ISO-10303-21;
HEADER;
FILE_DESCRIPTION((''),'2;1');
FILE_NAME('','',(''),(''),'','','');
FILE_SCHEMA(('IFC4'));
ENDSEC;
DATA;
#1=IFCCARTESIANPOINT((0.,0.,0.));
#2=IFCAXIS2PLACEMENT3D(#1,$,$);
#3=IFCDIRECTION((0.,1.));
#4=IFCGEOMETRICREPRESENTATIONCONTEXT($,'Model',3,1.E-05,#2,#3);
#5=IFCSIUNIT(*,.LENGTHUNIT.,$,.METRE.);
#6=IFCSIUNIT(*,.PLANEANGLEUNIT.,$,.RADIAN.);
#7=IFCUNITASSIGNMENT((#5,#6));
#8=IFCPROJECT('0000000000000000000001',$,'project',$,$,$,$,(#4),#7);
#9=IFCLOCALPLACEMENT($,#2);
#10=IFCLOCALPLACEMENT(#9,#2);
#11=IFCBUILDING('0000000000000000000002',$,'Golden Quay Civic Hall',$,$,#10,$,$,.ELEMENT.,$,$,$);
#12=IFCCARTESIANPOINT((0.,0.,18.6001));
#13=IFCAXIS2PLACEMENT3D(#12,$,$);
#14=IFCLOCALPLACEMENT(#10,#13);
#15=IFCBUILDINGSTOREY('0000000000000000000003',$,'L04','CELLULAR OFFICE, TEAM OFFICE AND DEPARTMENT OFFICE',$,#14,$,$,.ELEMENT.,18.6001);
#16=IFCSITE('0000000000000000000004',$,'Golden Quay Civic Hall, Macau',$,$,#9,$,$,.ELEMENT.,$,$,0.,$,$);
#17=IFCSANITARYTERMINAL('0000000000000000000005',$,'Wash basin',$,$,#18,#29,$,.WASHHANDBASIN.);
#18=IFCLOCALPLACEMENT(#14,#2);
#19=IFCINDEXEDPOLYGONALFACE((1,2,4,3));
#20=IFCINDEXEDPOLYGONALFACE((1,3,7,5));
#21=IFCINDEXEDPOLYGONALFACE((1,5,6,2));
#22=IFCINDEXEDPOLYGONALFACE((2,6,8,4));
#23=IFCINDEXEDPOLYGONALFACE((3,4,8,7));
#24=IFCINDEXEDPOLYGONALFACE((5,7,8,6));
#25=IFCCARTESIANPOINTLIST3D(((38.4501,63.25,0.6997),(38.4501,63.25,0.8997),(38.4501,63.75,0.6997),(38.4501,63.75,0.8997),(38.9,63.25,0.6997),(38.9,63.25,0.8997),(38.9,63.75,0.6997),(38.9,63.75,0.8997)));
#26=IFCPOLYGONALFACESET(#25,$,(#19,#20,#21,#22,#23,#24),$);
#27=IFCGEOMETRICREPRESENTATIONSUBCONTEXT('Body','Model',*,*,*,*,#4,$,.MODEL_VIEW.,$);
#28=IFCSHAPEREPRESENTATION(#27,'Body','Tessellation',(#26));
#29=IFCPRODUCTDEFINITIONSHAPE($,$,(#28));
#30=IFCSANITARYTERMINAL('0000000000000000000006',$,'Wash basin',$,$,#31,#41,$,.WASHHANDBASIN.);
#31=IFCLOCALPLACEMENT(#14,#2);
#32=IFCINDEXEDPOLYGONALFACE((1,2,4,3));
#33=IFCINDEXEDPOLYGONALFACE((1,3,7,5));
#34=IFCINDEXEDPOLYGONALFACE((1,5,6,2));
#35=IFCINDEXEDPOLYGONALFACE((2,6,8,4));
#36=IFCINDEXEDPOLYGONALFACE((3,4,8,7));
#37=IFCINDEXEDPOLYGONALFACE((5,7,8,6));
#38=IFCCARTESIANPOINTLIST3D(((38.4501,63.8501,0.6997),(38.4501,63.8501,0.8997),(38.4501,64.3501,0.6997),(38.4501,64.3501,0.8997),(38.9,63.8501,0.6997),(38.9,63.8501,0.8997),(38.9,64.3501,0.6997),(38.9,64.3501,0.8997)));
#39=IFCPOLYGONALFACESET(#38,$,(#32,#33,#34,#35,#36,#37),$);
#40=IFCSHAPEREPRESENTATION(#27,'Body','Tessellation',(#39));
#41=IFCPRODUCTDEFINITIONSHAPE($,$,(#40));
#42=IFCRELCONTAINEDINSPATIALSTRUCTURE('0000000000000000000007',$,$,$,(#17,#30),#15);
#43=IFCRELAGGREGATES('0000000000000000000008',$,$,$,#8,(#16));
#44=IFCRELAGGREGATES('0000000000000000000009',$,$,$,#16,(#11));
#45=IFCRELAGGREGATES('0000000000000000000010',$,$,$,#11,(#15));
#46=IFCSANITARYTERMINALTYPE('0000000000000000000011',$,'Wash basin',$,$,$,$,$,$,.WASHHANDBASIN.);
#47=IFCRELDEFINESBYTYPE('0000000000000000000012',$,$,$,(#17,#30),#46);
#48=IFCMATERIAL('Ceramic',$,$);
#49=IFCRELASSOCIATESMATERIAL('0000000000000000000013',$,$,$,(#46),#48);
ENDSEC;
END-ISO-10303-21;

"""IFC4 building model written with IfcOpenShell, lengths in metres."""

from ifc_helpers import new_model, si_unit, direction, frame, origin, origin_2d, place, context, subcontext, project, spatial, rectangle, extrude, material, type_object, element, save


model = new_model("IFC4")

# Units and contexts
model_context = context("Model", 3, precision=1e-05, world=origin(), true_north=direction((0.0, 1.0)))
body_context = subcontext(model_context, "Body", "Model", "MODEL_VIEW")
ifc_project = project(units=[si_unit("LENGTHUNIT", "METRE"), si_unit("PLANEANGLEUNIT", "RADIAN")], contexts=[model_context])

# Site, building, storey
site_placement = place(None, origin())
site = spatial("IfcSite", under=ifc_project, at=site_placement, Name="Golden Quay Civic Hall, Macau", CompositionType="ELEMENT", RefElevation=0.0)
building_placement = place(site_placement, origin())
building = spatial("IfcBuilding", under=site, at=building_placement, Name="Golden Quay Civic Hall", CompositionType="ELEMENT")
storey_placement = place(building_placement, frame((0.0, 0.0, 18.6001)))
storey = spatial("IfcBuildingStorey", under=building, at=storey_placement, Name="L04", Description="CELLULAR OFFICE, TEAM OFFICE AND DEPARTMENT OFFICE", CompositionType="ELEMENT", Elevation=18.6001)

# Sanitary terminals
ifc_material_1 = material(Name="Ceramic")
sanitary_terminal_type_1 = type_object("IfcSanitaryTerminalType", Name="Wash basin", PredefinedType="WASHHANDBASIN", material=ifc_material_1)
for number, where, z_axis, x_axis, name in (
    (1, (38.675, 63.5, 0.6997), (0.0, 0.0, 1.0), (0.0, 1.0, 0.0), "Wash basin"),
    (2, (38.675, 64.1001, 0.6997), (0.0, 0.0, 1.0), (0.0, 1.0, 0.0), "Wash basin"),
):
    element("IfcSanitaryTerminal", number, at=place(storey_placement, frame(where, z_axis=z_axis, x_axis=x_axis)), inside=storey, type_object=sanitary_terminal_type_1, Name=name, PredefinedType="WASHHANDBASIN", context=body_context, shape_type="SweptSolid", body=[
        extrude(rectangle(XDim=0.5, YDim=0.45, at=origin_2d()), origin(), (0.0, 0.0, 1.0), 0.2),
    ])

save(model, "model.ifc")
